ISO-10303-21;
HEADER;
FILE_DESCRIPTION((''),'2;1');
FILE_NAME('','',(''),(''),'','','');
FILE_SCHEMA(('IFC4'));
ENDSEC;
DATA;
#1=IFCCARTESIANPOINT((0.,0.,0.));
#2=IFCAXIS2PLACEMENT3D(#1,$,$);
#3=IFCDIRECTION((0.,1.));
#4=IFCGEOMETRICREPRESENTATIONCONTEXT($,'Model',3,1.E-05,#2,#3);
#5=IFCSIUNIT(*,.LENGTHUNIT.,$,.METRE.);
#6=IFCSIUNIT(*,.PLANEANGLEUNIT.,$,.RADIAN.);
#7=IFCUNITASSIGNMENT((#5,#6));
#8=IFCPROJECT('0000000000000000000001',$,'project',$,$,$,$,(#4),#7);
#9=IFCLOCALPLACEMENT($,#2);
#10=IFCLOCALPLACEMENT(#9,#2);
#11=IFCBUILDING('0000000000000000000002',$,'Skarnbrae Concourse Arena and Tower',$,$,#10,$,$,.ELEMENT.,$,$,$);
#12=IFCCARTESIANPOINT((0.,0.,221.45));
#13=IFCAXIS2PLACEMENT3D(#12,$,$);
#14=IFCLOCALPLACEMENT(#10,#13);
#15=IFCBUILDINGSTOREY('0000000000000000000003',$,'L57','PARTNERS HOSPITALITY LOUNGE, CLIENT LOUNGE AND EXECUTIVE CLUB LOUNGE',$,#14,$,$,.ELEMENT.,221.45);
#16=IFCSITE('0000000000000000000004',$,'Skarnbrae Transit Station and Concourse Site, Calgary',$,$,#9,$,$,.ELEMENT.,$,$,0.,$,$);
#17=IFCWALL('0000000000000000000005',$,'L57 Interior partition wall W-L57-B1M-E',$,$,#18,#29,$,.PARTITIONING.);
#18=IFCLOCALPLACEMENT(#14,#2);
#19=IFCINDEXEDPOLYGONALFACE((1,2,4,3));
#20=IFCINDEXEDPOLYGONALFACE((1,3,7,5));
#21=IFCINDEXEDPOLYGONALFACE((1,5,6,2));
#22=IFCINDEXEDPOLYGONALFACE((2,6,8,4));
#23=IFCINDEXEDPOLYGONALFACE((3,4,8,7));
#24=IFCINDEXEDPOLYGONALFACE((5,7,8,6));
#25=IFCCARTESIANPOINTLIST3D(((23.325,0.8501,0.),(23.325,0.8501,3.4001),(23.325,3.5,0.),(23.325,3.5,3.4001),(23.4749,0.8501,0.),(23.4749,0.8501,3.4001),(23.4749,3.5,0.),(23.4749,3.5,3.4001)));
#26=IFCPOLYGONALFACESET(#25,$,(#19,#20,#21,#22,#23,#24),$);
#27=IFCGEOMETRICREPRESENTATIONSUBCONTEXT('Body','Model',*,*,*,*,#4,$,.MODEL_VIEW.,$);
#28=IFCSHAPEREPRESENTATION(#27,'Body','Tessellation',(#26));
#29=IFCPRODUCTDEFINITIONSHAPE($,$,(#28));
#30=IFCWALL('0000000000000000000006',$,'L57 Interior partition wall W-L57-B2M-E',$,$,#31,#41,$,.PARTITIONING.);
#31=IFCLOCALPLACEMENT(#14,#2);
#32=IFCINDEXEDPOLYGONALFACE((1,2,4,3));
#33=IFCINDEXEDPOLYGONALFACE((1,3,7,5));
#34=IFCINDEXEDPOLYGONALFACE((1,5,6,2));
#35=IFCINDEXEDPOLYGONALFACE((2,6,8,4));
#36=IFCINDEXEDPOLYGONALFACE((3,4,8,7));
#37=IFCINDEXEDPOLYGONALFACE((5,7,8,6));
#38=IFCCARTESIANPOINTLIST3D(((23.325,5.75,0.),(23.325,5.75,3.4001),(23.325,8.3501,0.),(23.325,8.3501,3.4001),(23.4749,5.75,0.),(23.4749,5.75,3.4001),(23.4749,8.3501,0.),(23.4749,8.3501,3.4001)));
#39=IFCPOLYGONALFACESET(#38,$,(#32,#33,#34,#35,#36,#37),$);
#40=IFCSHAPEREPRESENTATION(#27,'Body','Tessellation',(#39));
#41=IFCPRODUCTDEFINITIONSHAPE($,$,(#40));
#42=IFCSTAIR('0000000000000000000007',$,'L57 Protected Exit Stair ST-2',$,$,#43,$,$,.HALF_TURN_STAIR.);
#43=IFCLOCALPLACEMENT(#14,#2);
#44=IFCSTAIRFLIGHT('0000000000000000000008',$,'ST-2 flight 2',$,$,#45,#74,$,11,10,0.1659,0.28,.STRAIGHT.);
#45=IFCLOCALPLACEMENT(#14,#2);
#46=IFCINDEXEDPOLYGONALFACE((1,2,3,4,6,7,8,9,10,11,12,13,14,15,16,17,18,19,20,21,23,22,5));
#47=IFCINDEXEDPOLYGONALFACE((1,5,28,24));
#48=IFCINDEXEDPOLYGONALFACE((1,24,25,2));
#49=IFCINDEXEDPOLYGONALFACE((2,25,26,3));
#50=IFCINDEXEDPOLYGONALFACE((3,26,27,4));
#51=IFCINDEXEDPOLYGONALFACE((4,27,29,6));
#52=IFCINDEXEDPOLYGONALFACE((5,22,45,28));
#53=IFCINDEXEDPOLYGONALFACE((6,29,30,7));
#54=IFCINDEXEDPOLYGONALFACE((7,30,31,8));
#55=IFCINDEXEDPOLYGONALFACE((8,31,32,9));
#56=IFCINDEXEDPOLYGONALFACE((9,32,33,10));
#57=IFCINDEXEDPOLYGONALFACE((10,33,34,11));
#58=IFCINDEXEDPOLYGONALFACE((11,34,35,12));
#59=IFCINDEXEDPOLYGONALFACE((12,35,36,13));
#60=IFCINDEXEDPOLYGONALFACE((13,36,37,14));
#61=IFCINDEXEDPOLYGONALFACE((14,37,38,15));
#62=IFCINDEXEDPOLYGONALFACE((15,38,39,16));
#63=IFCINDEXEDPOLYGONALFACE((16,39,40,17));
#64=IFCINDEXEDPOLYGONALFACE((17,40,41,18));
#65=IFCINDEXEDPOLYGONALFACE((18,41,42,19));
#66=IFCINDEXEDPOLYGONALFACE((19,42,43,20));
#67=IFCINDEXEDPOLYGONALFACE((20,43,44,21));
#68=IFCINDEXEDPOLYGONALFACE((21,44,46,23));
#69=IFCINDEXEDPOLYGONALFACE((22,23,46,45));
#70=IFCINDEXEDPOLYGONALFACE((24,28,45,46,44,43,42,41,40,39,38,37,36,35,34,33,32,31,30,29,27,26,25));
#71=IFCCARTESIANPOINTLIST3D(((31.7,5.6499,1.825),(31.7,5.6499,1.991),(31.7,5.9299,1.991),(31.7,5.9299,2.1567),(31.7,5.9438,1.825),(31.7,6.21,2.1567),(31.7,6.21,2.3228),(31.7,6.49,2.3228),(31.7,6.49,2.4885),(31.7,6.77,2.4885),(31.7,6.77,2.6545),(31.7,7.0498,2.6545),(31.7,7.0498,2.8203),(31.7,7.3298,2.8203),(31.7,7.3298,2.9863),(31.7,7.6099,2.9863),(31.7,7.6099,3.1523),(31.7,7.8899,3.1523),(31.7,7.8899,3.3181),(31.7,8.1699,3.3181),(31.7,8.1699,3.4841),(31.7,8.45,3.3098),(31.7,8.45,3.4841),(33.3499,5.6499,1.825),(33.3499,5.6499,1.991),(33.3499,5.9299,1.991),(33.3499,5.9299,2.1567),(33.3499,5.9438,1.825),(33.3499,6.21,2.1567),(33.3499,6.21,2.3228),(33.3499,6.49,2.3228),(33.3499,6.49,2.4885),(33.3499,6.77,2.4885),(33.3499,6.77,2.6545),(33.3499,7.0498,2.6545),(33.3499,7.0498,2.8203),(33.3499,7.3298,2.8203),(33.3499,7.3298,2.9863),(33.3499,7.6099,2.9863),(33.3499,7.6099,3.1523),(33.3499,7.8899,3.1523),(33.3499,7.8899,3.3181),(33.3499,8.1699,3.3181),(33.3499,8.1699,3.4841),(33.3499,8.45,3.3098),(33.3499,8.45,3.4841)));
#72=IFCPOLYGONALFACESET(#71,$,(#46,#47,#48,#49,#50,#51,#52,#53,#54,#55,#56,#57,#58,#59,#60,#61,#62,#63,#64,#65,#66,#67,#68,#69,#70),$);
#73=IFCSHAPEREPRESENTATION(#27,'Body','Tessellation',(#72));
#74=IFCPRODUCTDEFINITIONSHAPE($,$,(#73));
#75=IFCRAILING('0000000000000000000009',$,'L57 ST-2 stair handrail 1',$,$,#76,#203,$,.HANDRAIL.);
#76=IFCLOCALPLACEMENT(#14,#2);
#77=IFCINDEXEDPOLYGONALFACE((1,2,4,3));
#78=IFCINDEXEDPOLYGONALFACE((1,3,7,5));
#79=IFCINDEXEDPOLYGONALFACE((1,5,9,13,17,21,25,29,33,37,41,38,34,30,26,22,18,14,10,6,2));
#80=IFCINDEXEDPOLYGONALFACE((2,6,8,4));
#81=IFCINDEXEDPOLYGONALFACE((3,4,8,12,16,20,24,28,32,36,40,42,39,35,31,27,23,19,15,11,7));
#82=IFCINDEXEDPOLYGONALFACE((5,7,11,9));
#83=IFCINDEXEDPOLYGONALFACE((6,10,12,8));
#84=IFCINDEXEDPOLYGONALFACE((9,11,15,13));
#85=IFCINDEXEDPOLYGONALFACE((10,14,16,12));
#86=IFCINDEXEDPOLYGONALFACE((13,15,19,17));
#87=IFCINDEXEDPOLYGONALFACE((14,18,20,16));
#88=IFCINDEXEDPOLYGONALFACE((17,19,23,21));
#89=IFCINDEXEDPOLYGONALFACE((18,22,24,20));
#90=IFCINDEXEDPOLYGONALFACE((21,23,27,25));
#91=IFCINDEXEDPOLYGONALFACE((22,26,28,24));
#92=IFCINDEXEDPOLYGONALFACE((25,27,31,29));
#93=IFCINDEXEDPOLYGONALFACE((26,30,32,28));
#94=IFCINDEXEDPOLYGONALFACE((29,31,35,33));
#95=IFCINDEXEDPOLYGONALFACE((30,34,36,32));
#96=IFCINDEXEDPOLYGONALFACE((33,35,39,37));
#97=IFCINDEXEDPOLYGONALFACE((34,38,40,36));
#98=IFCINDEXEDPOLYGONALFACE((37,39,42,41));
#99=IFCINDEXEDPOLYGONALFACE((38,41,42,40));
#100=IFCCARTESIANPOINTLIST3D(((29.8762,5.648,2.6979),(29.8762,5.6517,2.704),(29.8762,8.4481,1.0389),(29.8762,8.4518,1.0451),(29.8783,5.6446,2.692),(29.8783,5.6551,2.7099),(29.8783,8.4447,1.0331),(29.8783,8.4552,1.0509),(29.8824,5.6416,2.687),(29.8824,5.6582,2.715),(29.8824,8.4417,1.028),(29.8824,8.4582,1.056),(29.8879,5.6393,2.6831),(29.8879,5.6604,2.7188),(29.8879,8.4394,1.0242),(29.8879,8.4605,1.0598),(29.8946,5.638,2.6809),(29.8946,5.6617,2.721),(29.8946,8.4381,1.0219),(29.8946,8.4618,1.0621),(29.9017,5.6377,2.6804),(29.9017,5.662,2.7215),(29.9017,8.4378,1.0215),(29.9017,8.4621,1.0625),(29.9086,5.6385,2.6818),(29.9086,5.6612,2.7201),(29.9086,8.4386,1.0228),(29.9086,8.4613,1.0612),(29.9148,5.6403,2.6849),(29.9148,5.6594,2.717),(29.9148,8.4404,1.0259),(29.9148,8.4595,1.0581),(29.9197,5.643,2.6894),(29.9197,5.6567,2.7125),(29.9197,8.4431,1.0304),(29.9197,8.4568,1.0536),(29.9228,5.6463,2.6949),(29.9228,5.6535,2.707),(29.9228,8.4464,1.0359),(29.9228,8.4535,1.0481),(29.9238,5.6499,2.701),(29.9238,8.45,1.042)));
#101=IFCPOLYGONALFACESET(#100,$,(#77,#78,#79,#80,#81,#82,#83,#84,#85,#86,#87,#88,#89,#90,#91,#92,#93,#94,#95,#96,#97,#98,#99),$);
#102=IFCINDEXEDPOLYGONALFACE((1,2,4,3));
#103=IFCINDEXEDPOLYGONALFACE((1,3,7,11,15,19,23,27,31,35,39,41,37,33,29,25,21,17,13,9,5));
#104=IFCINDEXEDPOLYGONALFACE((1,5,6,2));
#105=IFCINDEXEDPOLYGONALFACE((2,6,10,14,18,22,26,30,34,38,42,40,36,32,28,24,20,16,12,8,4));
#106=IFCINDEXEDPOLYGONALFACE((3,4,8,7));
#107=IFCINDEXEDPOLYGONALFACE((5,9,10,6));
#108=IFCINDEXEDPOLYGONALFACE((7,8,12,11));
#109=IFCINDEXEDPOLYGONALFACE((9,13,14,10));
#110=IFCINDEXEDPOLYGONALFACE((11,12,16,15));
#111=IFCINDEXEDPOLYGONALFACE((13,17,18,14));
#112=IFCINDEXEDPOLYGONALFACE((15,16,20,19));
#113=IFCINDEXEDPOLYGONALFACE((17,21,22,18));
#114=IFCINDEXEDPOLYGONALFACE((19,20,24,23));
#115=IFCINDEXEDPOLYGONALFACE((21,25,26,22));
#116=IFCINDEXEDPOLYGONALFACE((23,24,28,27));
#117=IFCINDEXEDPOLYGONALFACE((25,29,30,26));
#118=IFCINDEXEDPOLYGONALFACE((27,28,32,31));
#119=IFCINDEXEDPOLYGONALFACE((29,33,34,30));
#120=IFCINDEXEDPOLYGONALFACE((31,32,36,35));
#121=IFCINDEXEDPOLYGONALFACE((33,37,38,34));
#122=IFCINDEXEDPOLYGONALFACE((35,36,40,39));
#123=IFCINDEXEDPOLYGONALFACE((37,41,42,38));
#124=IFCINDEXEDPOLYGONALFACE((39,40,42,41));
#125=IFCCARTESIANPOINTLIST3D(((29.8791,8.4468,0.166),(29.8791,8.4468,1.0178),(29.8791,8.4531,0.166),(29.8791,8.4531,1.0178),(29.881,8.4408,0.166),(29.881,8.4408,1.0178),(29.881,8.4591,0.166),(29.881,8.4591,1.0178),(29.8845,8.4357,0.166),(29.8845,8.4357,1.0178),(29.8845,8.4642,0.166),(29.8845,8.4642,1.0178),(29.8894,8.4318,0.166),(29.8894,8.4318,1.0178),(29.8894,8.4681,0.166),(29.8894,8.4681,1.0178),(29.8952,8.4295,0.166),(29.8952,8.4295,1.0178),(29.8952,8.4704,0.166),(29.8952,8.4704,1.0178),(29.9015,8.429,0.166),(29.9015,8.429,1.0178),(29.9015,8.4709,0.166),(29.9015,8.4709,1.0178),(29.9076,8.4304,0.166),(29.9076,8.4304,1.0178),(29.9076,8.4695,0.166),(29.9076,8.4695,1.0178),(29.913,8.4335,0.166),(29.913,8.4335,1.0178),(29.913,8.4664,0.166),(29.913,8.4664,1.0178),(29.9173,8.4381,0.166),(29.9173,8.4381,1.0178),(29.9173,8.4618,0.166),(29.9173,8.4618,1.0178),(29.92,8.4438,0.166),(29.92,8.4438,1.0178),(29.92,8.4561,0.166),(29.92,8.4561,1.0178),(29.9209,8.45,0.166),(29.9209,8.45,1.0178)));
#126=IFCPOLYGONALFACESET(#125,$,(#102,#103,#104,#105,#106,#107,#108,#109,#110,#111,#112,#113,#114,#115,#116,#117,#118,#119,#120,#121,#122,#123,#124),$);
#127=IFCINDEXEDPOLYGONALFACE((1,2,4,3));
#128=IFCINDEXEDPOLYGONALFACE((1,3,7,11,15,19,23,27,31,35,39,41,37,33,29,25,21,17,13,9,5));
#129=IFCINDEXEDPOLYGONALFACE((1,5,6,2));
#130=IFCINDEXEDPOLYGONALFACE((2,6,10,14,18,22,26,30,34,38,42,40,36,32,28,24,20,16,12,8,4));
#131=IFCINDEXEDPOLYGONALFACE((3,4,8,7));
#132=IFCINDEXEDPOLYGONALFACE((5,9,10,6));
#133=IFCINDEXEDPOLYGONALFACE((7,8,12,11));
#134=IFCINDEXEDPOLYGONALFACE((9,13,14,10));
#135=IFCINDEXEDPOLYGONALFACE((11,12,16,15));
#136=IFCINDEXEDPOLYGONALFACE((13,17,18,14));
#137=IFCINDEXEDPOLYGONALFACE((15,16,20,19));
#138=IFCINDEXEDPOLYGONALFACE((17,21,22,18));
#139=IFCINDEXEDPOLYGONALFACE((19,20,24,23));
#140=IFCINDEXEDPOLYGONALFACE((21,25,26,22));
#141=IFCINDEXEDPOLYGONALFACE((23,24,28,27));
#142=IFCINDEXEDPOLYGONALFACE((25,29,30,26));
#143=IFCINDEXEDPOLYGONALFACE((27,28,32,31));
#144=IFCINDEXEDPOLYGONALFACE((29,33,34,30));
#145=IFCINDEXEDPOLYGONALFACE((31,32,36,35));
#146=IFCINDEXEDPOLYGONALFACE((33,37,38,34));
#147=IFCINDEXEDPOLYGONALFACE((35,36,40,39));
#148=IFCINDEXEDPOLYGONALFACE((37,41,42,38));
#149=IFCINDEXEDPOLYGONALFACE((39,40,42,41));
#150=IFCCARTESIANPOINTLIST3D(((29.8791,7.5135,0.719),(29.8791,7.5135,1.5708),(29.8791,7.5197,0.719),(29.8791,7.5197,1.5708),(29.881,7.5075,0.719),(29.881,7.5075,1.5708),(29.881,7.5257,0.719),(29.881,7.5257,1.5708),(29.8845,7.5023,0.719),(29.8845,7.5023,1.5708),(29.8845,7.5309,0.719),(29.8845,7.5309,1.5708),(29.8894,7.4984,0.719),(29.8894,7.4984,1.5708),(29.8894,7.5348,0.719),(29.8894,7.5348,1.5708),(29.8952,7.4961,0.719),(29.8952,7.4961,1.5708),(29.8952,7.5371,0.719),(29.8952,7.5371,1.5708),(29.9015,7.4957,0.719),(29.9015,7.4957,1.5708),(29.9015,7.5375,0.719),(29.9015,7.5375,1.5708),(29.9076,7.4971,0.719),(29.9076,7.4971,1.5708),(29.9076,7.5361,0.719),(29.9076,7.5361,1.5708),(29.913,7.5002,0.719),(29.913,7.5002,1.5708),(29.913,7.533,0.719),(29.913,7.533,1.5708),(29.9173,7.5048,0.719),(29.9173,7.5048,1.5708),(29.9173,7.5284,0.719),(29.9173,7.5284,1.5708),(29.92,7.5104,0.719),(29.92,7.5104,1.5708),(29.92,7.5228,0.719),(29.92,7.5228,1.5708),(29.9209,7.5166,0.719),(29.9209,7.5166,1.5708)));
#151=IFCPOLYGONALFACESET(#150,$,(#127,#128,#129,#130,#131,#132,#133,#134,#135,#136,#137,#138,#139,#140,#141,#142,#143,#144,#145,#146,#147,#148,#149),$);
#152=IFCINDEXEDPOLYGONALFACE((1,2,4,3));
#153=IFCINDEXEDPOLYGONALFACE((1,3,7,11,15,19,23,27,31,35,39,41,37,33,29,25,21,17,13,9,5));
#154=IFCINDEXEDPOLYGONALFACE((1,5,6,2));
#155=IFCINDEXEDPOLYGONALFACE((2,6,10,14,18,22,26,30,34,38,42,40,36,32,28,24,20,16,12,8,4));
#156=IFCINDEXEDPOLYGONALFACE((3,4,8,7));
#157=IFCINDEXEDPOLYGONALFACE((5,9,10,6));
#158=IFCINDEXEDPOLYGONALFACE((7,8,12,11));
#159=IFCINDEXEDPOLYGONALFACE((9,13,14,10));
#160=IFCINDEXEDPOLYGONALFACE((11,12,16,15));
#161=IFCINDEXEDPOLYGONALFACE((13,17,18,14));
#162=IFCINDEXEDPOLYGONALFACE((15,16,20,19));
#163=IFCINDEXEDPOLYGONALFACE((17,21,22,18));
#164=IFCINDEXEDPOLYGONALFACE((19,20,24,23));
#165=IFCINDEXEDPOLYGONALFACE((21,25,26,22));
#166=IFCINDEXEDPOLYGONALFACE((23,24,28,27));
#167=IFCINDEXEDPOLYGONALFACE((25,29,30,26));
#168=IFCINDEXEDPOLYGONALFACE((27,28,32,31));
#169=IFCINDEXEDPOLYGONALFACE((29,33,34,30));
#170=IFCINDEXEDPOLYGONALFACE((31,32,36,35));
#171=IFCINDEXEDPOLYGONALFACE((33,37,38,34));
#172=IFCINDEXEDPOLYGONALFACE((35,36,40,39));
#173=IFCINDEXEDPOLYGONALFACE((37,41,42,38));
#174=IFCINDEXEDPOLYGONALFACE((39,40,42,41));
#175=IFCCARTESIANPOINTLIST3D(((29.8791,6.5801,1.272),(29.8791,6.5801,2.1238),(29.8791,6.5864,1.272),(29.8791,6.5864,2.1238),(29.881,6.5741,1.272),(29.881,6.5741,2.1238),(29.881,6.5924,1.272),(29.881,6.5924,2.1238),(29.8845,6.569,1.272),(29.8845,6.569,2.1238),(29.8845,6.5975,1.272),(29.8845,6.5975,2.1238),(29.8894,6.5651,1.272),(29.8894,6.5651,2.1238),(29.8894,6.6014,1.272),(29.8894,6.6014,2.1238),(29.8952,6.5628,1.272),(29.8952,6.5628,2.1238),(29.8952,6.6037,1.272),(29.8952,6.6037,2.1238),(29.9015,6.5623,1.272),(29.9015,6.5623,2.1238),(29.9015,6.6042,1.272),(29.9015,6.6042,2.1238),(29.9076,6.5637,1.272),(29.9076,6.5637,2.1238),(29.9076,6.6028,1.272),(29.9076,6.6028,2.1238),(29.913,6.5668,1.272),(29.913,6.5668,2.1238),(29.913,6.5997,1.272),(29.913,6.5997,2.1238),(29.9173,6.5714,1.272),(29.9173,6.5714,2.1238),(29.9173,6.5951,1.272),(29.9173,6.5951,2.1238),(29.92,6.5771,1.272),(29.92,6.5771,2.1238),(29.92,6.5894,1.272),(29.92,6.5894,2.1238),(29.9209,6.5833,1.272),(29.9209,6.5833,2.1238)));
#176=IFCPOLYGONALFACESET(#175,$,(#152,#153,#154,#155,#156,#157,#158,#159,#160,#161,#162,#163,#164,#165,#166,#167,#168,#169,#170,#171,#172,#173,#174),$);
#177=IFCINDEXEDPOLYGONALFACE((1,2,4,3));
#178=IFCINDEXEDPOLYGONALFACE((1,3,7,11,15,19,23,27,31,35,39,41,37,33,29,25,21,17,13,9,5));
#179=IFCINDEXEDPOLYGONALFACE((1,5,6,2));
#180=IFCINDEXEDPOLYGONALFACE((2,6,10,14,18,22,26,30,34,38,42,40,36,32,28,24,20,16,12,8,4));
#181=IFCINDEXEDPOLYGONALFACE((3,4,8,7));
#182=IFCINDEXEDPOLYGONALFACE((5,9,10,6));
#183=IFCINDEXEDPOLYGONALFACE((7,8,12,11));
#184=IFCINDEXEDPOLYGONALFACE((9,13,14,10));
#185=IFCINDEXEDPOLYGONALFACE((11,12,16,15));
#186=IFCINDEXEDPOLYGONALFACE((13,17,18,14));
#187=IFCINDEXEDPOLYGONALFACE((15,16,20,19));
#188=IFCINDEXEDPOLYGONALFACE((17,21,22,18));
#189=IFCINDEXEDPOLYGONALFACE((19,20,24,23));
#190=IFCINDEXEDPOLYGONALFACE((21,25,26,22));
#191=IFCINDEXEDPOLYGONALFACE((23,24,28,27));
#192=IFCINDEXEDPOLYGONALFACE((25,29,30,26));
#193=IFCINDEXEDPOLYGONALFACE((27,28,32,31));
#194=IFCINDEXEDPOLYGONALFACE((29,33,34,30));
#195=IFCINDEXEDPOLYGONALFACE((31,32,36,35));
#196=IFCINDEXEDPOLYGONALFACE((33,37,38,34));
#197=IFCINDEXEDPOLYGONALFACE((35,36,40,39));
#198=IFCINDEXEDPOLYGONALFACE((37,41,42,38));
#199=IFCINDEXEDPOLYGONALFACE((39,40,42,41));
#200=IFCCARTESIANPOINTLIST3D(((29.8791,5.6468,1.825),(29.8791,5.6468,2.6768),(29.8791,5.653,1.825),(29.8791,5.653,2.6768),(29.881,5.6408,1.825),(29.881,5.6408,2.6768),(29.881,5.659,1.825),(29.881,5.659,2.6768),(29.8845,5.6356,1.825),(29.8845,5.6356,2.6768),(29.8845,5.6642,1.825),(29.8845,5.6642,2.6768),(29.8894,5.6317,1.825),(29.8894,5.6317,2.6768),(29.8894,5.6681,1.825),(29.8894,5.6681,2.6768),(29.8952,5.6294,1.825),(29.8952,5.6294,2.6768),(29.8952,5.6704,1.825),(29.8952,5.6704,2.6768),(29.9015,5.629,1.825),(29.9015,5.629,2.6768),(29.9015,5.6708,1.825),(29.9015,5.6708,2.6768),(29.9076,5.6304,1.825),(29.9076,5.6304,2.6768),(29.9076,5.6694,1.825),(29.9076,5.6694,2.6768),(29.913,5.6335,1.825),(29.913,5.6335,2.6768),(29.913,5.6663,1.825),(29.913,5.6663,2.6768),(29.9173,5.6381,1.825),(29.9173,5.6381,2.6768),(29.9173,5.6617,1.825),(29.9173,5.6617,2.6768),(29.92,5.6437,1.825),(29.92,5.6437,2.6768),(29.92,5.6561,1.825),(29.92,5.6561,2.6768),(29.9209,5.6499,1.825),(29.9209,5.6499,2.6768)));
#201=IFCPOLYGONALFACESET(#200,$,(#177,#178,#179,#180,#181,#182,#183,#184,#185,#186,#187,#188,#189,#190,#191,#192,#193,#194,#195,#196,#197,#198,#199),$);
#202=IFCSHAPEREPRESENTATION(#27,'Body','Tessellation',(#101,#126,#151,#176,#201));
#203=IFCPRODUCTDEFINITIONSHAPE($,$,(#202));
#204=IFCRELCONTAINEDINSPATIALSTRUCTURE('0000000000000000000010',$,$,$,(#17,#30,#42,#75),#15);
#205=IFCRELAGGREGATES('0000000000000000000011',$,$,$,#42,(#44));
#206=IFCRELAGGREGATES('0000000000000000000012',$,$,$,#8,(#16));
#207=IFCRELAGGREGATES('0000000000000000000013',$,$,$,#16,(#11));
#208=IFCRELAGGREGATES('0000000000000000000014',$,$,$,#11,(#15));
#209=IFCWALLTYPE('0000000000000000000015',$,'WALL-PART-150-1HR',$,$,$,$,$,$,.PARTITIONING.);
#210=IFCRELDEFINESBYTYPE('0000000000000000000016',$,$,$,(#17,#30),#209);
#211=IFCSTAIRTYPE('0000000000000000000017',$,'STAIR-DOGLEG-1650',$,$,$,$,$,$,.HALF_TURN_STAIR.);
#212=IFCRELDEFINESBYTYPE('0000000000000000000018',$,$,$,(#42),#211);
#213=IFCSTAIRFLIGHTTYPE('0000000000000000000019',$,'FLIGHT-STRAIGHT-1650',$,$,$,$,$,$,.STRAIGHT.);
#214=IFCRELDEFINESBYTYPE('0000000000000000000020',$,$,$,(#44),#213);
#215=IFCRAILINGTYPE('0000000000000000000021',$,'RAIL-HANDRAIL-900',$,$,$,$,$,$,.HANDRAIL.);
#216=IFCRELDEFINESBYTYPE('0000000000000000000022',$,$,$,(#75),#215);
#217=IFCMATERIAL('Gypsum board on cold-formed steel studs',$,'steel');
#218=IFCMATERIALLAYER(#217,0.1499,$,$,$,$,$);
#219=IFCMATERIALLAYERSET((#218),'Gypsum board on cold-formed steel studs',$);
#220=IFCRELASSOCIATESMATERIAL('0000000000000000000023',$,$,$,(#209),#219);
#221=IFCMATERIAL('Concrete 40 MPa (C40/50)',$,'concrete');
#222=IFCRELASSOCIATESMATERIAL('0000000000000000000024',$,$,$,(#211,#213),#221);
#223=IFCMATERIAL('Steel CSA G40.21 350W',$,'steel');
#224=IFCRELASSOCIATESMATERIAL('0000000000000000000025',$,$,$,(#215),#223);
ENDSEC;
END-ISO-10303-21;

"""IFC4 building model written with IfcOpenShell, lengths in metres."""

from ifc_helpers import new_model, si_unit, direction, frame, frame_2d, origin, origin_2d, place, context, subcontext, project, spatial, polyline, rectangle, circle, outline, extrude, source, transform, mapped, material, layer, layer_set, type_object, element, aggregate, save


model = new_model("IFC4")

# Units and contexts
model_context = context("Model", 3, precision=1e-05, world=origin(), true_north=direction((0.0, 1.0)))
body_context = subcontext(model_context, "Body", "Model", "MODEL_VIEW")
ifc_project = project(units=[si_unit("LENGTHUNIT", "METRE"), si_unit("PLANEANGLEUNIT", "RADIAN")], contexts=[model_context])

# Site, building, storey
site_placement = place(None, origin())
site = spatial("IfcSite", under=ifc_project, at=site_placement, Name="Skarnbrae Transit Station and Concourse Site, Calgary", CompositionType="ELEMENT", RefElevation=0.0)
building_placement = place(site_placement, origin())
building = spatial("IfcBuilding", under=site, at=building_placement, Name="Skarnbrae Concourse Arena and Tower", CompositionType="ELEMENT")
storey_placement = place(building_placement, frame((0.0, 0.0, 221.45)))
storey = spatial("IfcBuildingStorey", under=building, at=storey_placement, Name="L57", Description="PARTNERS HOSPITALITY LOUNGE, CLIENT LOUNGE AND EXECUTIVE CLUB LOUNGE", CompositionType="ELEMENT", Elevation=221.45)

# Shared definitions
ifc_material_1 = material(Name="Gypsum board on cold-formed steel studs", Category="steel")

# Shared definitions
ifc_layer_1 = layer(ifc_material_1, 0.1499)
ifc_layer_set_1 = layer_set([ifc_layer_1], Name="Gypsum board on cold-formed steel studs")
wall_type_1 = type_object("IfcWallType", Name="WALL-PART-150-1HR", PredefinedType="PARTITIONING", material=ifc_layer_set_1)
ifc_material_2 = material(Name="Steel CSA G40.21 350W", Category="steel")

# Walls
shared_shape_1 = source(origin(), body_context, "Body", "SweptSolid", [
    extrude(rectangle(XDim=2.6499, YDim=0.1499, at=frame_2d((1.325, 0.0))), origin(), (0.0, 0.0, 1.0), 3.4001),
])
wall_1_placement = place(storey_placement, frame((23.3999, 0.8501, 0.0), z_axis=(0.0, 0.0, 1.0), x_axis=(0.0, 1.0, 0.0)))
element("IfcWall", 1, at=wall_1_placement, inside=storey, type_object=wall_type_1, Name="L57 Interior partition wall W-L57-B1M-E", PredefinedType="PARTITIONING", context=body_context, shape_type="MappedRepresentation", body=[
    mapped(shared_shape_1, transform((0.0, 0.0, 0.0))),
])
shared_shape_2 = source(origin(), body_context, "Body", "SweptSolid", [
    extrude(rectangle(XDim=2.6001, YDim=0.1499, at=frame_2d((1.3, 0.0))), origin(), (0.0, 0.0, 1.0), 3.4001),
])
wall_2_placement = place(storey_placement, frame((23.3999, 5.75, 0.0), z_axis=(0.0, 0.0, 1.0), x_axis=(0.0, 1.0, 0.0)))
element("IfcWall", 2, at=wall_2_placement, inside=storey, type_object=wall_type_1, Name="L57 Interior partition wall W-L57-B2M-E", PredefinedType="PARTITIONING", context=body_context, shape_type="MappedRepresentation", body=[
    mapped(shared_shape_2, transform((0.0, 0.0, 0.0))),
])

# Stair, stair flight
ifc_material_3 = material(Name="Concrete 40 MPa (C40/50)", Category="concrete")
stair_type = type_object("IfcStairType", Name="STAIR-DOGLEG-1650", PredefinedType="HALF_TURN_STAIR", material=ifc_material_3)
stair_placement = place(storey_placement, origin())
stair = element("IfcStair", 3, at=stair_placement, inside=storey, type_object=stair_type, Name="L57 Protected Exit Stair ST-2", PredefinedType="HALF_TURN_STAIR")
stair_flight_type = type_object("IfcStairFlightType", Name="FLIGHT-STRAIGHT-1650", PredefinedType="STRAIGHT", material=ifc_material_3)
shared_shape_3 = source(origin(), body_context, "Body", "SweptSolid", [
    extrude(outline(polyline([(0.0, 0.0), (0.0, 0.166), (0.28, 0.166), (0.28, 0.3318), (0.5601, 0.3318), (0.5601, 0.4978), (0.8401, 0.4978), (0.8401, 0.6636), (1.1201, 0.6636), (1.1201, 0.8296), (1.3999, 0.8296), (1.3999, 0.9954), (1.6799, 0.9954), (1.6799, 1.1614), (1.96, 1.1614), (1.96, 1.3274), (2.24, 1.3274), (2.24, 1.4932), (2.52, 1.4932), (2.52, 1.6592), (2.8, 1.6592), (2.8, 1.825), (2.8, 1.4849), (0.2939, 0.0), (0.0, 0.0)])), frame((0.0, 0.825, 0.0), z_axis=(0.0, -1.0, 0.0), x_axis=(1.0, 0.0, 0.0)), (0.0, 0.0, 1.0), 1.6499),
])
stair_flight_placement = place(storey_placement, frame((32.5249, 5.6499, 1.825), z_axis=(0.0, 0.0, 1.0), x_axis=(0.0, 1.0, 0.0)))
stair_flight = element("IfcStairFlight", 4, at=stair_flight_placement, type_object=stair_flight_type, Name="ST-2 flight 2", NumberOfRisers=11, NumberOfTreads=10, PredefinedType="STRAIGHT", RiserHeight=0.1659, TreadLength=0.28, context=body_context, shape_type="MappedRepresentation", body=[
    mapped(shared_shape_3, transform((0.0, 0.0, 0.0))),
])
aggregate(stair, [stair_flight])

# Railing
railing_type_1 = type_object("IfcRailingType", Name="RAIL-HANDRAIL-900", PredefinedType="HANDRAIL", material=ifc_material_2)
railing_1_placement = place(storey_placement, frame((29.8999, 8.45, 0.166)))
element("IfcRailing", 5, at=railing_1_placement, inside=storey, type_object=railing_type_1, Name="L57 ST-2 stair handrail 1", PredefinedType="HANDRAIL", context=body_context, shape_type="SweptSolid", body=[
    extrude(circle(Radius=0.0239, at=origin_2d()), frame((0.0, 0.0, 0.876), z_axis=(0.0, -0.860339, 0.509722), x_axis=(1.0, 0.0, 0.0)), (0.0, 0.0, 1.0), 3.2546),
    extrude(circle(Radius=0.021, at=origin_2d()), origin(), (0.0, 0.0, 1.0), 0.8518),
    extrude(circle(Radius=0.021, at=origin_2d()), frame((0.0, -0.9333, 0.553)), (0.0, 0.0, 1.0), 0.8518),
    extrude(circle(Radius=0.021, at=origin_2d()), frame((0.0, -1.8667, 1.106)), (0.0, 0.0, 1.0), 0.8518),
    extrude(circle(Radius=0.021, at=origin_2d()), frame((0.0, -2.8, 1.6589)), (0.0, 0.0, 1.0), 0.8518),
])

save(model, "model.ifc")
